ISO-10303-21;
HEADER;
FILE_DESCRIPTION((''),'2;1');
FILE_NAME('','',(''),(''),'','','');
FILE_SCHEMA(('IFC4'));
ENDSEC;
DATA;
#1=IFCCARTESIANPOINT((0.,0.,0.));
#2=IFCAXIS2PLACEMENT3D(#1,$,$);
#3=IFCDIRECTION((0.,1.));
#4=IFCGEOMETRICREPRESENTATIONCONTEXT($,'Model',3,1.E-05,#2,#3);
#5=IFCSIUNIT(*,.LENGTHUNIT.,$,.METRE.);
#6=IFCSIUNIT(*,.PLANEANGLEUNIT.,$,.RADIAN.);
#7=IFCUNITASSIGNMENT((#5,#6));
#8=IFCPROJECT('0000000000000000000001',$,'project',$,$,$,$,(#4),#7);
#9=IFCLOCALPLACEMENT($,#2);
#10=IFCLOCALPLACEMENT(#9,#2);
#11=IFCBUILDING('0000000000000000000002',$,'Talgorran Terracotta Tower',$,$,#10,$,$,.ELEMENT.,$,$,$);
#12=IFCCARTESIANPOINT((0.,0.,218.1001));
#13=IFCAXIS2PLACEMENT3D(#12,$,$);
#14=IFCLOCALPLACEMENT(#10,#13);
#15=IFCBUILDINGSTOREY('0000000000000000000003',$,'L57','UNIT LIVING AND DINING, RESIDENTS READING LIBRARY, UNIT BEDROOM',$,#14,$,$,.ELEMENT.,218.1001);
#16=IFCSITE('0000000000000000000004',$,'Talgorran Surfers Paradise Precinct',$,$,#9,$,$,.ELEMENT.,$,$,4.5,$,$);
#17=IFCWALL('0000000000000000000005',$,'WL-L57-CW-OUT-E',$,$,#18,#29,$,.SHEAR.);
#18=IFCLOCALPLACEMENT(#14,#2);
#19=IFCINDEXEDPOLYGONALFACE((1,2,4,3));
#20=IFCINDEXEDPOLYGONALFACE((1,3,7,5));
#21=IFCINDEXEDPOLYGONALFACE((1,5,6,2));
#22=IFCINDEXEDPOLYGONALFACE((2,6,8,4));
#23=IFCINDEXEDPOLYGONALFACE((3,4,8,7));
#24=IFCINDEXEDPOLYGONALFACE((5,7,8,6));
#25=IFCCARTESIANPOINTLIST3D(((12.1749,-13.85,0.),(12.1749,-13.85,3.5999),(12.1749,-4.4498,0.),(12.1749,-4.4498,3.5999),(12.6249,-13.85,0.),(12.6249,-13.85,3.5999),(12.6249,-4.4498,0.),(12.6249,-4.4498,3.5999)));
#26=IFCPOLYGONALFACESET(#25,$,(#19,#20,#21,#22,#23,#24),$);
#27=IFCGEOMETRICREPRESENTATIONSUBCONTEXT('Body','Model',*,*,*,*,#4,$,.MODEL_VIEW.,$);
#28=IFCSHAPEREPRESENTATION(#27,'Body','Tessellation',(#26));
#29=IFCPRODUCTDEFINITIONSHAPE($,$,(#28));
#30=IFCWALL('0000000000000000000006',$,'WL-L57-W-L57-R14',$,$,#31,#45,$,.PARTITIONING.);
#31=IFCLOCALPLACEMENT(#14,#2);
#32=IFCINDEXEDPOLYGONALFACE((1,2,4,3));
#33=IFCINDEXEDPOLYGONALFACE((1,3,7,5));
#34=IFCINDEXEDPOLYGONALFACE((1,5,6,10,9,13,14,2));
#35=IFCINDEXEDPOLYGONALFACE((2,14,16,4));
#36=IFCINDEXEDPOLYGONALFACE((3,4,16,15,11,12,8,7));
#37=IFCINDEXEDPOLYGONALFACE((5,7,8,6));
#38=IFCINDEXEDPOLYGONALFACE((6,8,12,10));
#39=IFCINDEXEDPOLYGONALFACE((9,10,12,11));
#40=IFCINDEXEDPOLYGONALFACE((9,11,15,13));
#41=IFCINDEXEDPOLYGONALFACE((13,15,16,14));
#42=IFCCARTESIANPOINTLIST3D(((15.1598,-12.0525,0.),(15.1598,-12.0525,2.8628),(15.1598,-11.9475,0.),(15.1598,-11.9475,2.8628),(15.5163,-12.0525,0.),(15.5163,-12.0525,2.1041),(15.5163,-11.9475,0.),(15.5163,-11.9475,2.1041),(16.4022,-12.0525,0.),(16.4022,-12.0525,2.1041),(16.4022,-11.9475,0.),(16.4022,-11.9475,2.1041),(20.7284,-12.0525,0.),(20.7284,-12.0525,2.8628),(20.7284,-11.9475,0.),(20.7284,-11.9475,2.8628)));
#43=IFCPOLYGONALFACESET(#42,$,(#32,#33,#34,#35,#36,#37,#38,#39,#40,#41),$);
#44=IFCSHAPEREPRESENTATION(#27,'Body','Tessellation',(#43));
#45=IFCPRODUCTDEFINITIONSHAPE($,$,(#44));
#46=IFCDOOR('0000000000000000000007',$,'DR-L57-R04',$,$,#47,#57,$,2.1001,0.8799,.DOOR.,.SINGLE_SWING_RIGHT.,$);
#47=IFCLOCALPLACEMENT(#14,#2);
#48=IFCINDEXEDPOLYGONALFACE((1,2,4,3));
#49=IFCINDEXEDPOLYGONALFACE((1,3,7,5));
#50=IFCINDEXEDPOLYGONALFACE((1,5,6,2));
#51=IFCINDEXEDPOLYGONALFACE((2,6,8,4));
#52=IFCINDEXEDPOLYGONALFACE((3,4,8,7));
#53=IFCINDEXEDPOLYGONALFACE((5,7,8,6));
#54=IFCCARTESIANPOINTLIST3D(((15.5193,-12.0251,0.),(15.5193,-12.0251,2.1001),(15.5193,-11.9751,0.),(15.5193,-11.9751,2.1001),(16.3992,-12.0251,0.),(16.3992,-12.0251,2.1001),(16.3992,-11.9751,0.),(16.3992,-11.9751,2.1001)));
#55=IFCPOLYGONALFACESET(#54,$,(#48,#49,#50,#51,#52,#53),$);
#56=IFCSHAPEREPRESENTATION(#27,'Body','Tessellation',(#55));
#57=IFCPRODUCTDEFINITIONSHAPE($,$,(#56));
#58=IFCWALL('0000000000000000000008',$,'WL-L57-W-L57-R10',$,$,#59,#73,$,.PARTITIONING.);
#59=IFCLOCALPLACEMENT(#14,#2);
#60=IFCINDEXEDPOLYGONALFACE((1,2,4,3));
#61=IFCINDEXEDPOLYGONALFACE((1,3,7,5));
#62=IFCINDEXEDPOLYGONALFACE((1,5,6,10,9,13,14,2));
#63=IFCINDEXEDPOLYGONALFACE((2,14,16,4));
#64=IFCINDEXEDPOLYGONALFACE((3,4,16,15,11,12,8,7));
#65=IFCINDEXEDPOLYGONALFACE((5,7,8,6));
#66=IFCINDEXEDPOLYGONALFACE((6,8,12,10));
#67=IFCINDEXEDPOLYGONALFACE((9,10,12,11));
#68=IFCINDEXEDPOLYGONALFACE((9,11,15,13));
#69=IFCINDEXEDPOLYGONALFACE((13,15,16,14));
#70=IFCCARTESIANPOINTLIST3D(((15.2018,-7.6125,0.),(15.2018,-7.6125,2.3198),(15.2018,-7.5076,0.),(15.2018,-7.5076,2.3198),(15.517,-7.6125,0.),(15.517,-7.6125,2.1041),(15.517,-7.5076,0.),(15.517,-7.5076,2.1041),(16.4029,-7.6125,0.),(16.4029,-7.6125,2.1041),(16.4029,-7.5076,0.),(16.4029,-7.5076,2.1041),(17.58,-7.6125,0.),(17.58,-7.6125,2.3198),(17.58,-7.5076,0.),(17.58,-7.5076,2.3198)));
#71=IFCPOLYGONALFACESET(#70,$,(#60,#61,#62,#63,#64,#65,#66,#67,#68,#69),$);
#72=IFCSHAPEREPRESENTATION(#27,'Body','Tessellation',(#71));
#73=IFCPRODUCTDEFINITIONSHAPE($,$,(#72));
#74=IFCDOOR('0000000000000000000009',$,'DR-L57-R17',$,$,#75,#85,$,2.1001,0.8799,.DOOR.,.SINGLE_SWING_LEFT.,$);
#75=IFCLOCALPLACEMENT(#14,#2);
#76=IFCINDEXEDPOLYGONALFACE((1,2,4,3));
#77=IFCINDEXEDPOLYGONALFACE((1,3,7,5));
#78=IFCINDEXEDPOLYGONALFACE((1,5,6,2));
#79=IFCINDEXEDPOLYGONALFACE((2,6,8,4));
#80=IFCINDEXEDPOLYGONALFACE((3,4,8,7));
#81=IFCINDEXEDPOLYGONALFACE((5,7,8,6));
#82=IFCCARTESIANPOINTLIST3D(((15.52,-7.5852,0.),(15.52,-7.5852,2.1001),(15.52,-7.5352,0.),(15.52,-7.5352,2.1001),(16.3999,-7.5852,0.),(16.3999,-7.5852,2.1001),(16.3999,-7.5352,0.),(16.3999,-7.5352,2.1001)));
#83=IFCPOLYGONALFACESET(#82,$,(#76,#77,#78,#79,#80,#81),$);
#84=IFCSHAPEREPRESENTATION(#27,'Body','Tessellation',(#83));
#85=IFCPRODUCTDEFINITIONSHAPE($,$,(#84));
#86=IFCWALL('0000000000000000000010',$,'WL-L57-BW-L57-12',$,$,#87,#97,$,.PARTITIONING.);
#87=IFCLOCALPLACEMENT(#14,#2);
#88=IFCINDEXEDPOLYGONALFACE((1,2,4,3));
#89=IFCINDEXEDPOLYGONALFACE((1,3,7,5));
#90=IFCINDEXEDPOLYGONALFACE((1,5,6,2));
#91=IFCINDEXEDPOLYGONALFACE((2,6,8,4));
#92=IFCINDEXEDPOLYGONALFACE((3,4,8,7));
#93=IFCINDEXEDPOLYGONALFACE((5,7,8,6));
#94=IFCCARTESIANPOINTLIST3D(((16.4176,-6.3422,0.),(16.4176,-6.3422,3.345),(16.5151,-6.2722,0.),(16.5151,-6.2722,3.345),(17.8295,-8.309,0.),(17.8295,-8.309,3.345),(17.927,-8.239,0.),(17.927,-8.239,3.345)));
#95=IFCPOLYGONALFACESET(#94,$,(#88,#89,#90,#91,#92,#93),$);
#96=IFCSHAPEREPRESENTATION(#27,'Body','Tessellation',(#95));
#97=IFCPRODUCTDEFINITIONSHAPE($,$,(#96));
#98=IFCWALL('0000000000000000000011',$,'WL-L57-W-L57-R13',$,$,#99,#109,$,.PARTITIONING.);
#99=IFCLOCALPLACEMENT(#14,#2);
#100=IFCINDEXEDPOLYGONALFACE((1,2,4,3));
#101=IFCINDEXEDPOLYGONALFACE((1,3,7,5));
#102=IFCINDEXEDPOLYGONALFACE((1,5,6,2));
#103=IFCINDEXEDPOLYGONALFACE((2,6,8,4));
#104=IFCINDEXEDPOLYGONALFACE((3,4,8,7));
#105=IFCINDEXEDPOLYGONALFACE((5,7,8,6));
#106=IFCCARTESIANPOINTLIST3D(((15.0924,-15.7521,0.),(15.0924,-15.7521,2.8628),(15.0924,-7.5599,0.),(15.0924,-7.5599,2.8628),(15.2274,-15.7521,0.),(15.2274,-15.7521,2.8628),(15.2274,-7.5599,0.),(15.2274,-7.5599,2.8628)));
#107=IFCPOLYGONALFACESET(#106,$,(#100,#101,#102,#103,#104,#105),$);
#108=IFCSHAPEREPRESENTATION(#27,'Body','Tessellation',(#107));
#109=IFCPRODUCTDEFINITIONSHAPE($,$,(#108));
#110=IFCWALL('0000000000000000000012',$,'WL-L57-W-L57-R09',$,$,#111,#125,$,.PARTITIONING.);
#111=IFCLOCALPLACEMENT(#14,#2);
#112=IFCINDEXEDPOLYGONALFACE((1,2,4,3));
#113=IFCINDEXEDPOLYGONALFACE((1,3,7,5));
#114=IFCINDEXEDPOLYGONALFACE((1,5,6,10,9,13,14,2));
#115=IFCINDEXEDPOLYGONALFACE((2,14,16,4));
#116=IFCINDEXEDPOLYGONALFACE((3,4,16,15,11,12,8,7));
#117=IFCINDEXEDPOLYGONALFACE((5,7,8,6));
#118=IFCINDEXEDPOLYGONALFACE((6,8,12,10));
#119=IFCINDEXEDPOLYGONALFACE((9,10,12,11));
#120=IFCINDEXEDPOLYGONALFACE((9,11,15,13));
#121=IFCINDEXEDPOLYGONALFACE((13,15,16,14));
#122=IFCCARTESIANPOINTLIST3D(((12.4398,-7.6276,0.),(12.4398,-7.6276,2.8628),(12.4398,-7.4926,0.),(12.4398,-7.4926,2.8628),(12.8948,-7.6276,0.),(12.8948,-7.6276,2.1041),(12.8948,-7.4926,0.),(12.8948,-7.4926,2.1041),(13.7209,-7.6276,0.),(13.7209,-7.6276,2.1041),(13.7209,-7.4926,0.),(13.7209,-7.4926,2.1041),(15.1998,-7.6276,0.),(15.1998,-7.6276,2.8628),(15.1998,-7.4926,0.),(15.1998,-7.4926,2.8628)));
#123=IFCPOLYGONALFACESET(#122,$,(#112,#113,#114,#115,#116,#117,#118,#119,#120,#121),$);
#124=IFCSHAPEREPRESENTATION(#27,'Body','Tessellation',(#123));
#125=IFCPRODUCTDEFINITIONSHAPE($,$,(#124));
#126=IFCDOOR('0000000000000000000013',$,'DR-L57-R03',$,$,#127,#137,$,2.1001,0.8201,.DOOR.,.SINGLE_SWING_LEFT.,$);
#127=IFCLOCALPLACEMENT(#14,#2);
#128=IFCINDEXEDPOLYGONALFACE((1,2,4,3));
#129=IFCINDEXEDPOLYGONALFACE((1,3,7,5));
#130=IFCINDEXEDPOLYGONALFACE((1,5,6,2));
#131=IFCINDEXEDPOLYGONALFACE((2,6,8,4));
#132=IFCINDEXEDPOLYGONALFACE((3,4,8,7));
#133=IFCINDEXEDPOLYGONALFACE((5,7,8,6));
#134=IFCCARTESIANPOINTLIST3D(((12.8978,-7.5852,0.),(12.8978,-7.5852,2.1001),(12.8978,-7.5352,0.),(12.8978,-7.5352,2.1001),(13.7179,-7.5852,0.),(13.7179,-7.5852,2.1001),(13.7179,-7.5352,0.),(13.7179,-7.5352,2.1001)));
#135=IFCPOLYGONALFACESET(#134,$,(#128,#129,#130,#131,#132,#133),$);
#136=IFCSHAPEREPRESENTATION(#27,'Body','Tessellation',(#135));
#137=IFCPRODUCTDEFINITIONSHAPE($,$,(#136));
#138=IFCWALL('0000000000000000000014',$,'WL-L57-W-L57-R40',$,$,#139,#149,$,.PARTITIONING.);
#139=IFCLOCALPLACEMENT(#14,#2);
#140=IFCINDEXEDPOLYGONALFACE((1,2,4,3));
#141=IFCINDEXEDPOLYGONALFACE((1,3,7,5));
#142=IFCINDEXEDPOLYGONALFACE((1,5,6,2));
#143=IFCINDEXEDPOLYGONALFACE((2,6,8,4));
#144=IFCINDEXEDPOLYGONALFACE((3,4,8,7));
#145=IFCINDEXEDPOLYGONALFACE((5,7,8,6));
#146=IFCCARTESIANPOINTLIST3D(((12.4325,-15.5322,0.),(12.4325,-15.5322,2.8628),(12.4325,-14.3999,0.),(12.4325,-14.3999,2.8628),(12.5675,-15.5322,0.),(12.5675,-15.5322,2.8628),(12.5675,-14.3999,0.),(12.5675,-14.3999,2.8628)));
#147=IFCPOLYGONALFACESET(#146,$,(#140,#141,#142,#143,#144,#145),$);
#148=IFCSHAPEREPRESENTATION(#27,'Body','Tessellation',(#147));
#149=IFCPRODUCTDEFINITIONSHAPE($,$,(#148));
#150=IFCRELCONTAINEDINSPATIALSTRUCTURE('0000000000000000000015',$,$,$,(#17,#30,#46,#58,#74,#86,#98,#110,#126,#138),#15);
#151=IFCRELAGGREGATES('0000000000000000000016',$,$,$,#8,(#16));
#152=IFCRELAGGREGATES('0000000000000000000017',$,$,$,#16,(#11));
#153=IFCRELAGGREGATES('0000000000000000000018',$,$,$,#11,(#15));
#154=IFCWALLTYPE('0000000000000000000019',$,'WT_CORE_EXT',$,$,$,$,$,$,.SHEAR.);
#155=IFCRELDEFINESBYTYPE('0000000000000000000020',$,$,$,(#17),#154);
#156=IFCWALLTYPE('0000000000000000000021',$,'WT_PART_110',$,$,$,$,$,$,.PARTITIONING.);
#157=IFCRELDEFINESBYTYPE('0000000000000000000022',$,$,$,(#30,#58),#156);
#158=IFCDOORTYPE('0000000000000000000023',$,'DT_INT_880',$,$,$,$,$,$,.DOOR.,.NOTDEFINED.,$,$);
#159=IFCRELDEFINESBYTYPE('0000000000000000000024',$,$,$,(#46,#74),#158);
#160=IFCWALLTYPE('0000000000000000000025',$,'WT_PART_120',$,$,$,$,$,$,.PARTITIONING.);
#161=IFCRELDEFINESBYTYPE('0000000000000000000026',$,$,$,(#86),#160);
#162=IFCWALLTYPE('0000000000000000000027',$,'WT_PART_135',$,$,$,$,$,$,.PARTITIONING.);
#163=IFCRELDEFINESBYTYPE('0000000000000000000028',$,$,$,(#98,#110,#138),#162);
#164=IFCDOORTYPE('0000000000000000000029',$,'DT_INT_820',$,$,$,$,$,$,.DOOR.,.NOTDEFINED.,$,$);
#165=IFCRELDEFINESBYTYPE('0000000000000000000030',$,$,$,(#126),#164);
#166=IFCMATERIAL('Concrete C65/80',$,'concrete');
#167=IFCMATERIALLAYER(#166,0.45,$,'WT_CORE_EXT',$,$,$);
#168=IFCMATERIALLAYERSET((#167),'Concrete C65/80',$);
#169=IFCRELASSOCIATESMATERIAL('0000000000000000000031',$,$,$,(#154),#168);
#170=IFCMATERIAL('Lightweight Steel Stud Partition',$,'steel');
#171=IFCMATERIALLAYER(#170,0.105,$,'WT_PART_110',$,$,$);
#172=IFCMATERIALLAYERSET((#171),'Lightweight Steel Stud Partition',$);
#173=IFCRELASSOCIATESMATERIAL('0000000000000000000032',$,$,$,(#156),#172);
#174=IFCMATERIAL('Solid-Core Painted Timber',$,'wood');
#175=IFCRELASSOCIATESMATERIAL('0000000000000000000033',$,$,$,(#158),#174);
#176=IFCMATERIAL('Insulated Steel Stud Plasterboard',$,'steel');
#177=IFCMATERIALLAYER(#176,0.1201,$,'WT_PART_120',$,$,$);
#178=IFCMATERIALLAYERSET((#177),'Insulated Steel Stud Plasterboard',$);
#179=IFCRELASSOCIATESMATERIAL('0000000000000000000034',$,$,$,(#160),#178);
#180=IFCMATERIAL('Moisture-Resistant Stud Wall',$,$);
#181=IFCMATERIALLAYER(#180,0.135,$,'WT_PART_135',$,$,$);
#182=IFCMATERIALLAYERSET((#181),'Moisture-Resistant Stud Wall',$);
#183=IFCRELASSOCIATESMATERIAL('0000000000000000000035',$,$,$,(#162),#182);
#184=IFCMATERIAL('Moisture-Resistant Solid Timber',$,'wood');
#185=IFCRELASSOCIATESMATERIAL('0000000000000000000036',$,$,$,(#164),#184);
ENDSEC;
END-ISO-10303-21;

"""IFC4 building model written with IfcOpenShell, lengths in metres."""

from ifc_helpers import new_model, si_unit, direction, frame, frame_2d, origin, place, context, subcontext, project, spatial, rectangle, extrude, material, layer, layer_set, type_object, element, fill, save


model = new_model("IFC4")

# Units and contexts
model_context = context("Model", 3, precision=1e-05, world=origin(), true_north=direction((0.0, 1.0)))
body_context = subcontext(model_context, "Body", "Model", "MODEL_VIEW")
ifc_project = project(units=[si_unit("LENGTHUNIT", "METRE"), si_unit("PLANEANGLEUNIT", "RADIAN")], contexts=[model_context])

# Site, building, storey
site_placement = place(None, origin())
site = spatial("IfcSite", under=ifc_project, at=site_placement, Name="Talgorran Surfers Paradise Precinct", CompositionType="ELEMENT", RefElevation=4.5)
building_placement = place(site_placement, origin())
building = spatial("IfcBuilding", under=site, at=building_placement, Name="Talgorran Terracotta Tower", CompositionType="ELEMENT")
storey_placement = place(building_placement, frame((0.0, 0.0, 218.1001)))
storey = spatial("IfcBuildingStorey", under=building, at=storey_placement, Name="L57", Description="UNIT LIVING AND DINING, RESIDENTS READING LIBRARY, UNIT BEDROOM", CompositionType="ELEMENT", Elevation=218.1001)

# Wall
ifc_material_1 = material(Name="Concrete C65/80", Category="concrete")
ifc_layer_1 = layer(ifc_material_1, 0.45, Name="WT_CORE_EXT")
ifc_layer_set_1 = layer_set([ifc_layer_1], Name="Concrete C65/80")
wall_type_1 = type_object("IfcWallType", Name="WT_CORE_EXT", PredefinedType="SHEAR", material=ifc_layer_set_1)
wall_1_placement = place(storey_placement, frame((12.3999, -13.8501, 0.0), z_axis=(0.0, 0.0, 1.0), x_axis=(0.0, 1.0, 0.0)))
element("IfcWall", 1, at=wall_1_placement, inside=storey, type_object=wall_type_1, Name="WL-L57-CW-OUT-E", PredefinedType="SHEAR", context=body_context, shape_type="SweptSolid", body=[
    extrude(rectangle(XDim=9.4001, YDim=0.45, at=frame_2d((4.7002, 0.0))), origin(), (0.0, 0.0, 1.0), 3.5999),
])

# Walls, openings, doors
ifc_material_2 = material(Name="Lightweight Steel Stud Partition", Category="steel")
ifc_layer_2 = layer(ifc_material_2, 0.105, Name="WT_PART_110")
ifc_layer_set_2 = layer_set([ifc_layer_2], Name="Lightweight Steel Stud Partition")
wall_type_2 = type_object("IfcWallType", Name="WT_PART_110", PredefinedType="PARTITIONING", material=ifc_layer_set_2)
wall_2_placement = place(storey_placement, frame((15.1599, -12.0, 0.0), z_axis=(0.0, 0.0, 1.0), x_axis=(1.0, 0.0, 0.0)))
wall_2 = element("IfcWall", 2, at=wall_2_placement, inside=storey, type_object=wall_type_2, Name="WL-L57-W-L57-R14", PredefinedType="PARTITIONING", context=body_context, shape_type="SweptSolid", body=[
    extrude(rectangle(XDim=5.5686, YDim=0.105, at=frame_2d((2.7842, 0.0))), origin(), (0.0, 0.0, 1.0), 2.8628),
])
opening_1_placement = place(wall_2_placement, frame((0.3594, 0.0, 0.0)))
opening_1 = element("IfcOpeningElement", 3, at=opening_1_placement, cuts=wall_2, PredefinedType="OPENING", context=body_context, shape_type="SweptSolid", body=[
    extrude(rectangle(XDim=0.8859, YDim=2.1041, at=frame_2d((0.4399, 1.052))), frame((0.0, 0.0625, 0.0), z_axis=(0.0, -1.0, 0.0), x_axis=(1.0, 0.0, 0.0)), (0.0, 0.0, 1.0), 0.125),
])
ifc_material_3 = material(Name="Solid-Core Painted Timber", Category="wood")
door_type_1 = type_object("IfcDoorType", Name="DT_INT_880", OperationType="NOTDEFINED", PredefinedType="DOOR", material=ifc_material_3)
door_1_placement = place(opening_1_placement, origin())
door_1 = element("IfcDoor", 4, at=door_1_placement, inside=storey, type_object=door_type_1, Name="DR-L57-R04", OperationType="SINGLE_SWING_RIGHT", OverallHeight=2.1001, OverallWidth=0.8799, PredefinedType="DOOR", context=body_context, shape_type="SweptSolid", body=[
    extrude(rectangle(XDim=0.8799, YDim=2.1001, at=frame_2d((0.4399, 1.05))), frame((0.0, 0.0249, 0.0), z_axis=(0.0, -1.0, 0.0), x_axis=(1.0, 0.0, 0.0)), (0.0, 0.0, 1.0), 0.05),
])
fill(opening_1, door_1)
wall_3_placement = place(storey_placement, frame((15.2019, -7.5601, 0.0), z_axis=(0.0, 0.0, 1.0), x_axis=(1.0, 0.0, 0.0)))
wall_3 = element("IfcWall", 5, at=wall_3_placement, inside=storey, type_object=wall_type_2, Name="WL-L57-W-L57-R10", PredefinedType="PARTITIONING", context=body_context, shape_type="SweptSolid", body=[
    extrude(rectangle(XDim=2.3782, YDim=0.105, at=frame_2d((1.189, 0.0))), origin(), (0.0, 0.0, 1.0), 2.3198),
])
opening_2_placement = place(wall_3_placement, frame((0.3181, 0.0, 0.0)))
opening_2 = element("IfcOpeningElement", 6, at=opening_2_placement, cuts=wall_3, PredefinedType="OPENING", context=body_context, shape_type="SweptSolid", body=[
    extrude(rectangle(XDim=0.8859, YDim=2.1041, at=frame_2d((0.4399, 1.052))), frame((0.0, 0.0625, 0.0), z_axis=(0.0, -1.0, 0.0), x_axis=(1.0, 0.0, 0.0)), (0.0, 0.0, 1.0), 0.125),
])
door_2_placement = place(opening_2_placement, origin())
door_2 = element("IfcDoor", 7, at=door_2_placement, inside=storey, type_object=door_type_1, Name="DR-L57-R17", OperationType="SINGLE_SWING_LEFT", OverallHeight=2.1001, OverallWidth=0.8799, PredefinedType="DOOR", context=body_context, shape_type="SweptSolid", body=[
    extrude(rectangle(XDim=0.8799, YDim=2.1001, at=frame_2d((0.4399, 1.05))), frame((0.0, 0.0249, 0.0), z_axis=(0.0, -1.0, 0.0), x_axis=(1.0, 0.0, 0.0)), (0.0, 0.0, 1.0), 0.05),
])
fill(opening_2, door_2)

# Walls
ifc_material_4 = material(Name="Insulated Steel Stud Plasterboard", Category="steel")
ifc_layer_3 = layer(ifc_material_4, 0.1201, Name="WT_PART_120")
ifc_layer_set_3 = layer_set([ifc_layer_3], Name="Insulated Steel Stud Plasterboard")
wall_type_3 = type_object("IfcWallType", Name="WT_PART_120", PredefinedType="PARTITIONING", material=ifc_layer_set_3)
wall_4_placement = place(storey_placement, frame((17.8782, -8.2739, 0.0), z_axis=(0.0, 0.0, 1.0), x_axis=(-0.583154, 0.812362, 0.0)))
element("IfcWall", 8, at=wall_4_placement, inside=storey, type_object=wall_type_3, Name="WL-L57-BW-L57-12", PredefinedType="PARTITIONING", context=body_context, shape_type="SweptSolid", body=[
    extrude(rectangle(XDim=2.4211, YDim=0.1201, at=frame_2d((1.2104, 0.0))), origin(), (0.0, 0.0, 1.0), 3.345),
])
ifc_material_5 = material(Name="Moisture-Resistant Stud Wall")
ifc_layer_4 = layer(ifc_material_5, 0.135, Name="WT_PART_135")
ifc_layer_set_4 = layer_set([ifc_layer_4], Name="Moisture-Resistant Stud Wall")
wall_type_4 = type_object("IfcWallType", Name="WT_PART_135", PredefinedType="PARTITIONING", material=ifc_layer_set_4)
wall_5_placement = place(storey_placement, frame((15.1599, -15.7522, 0.0), z_axis=(0.0, 0.0, 1.0), x_axis=(0.0, 1.0, 0.0)))
element("IfcWall", 9, at=wall_5_placement, inside=storey, type_object=wall_type_4, Name="WL-L57-W-L57-R13", PredefinedType="PARTITIONING", context=body_context, shape_type="SweptSolid", body=[
    extrude(rectangle(XDim=8.1921, YDim=0.135, at=frame_2d((4.0962, 0.0))), origin(), (0.0, 0.0, 1.0), 2.8628),
])

# Wall, opening, door
wall_6_placement = place(storey_placement, frame((12.4399, -7.5601, 0.0), z_axis=(0.0, 0.0, 1.0), x_axis=(1.0, 0.0, 0.0)))
wall_6 = element("IfcWall", 10, at=wall_6_placement, inside=storey, type_object=wall_type_4, Name="WL-L57-W-L57-R09", PredefinedType="PARTITIONING", context=body_context, shape_type="SweptSolid", body=[
    extrude(rectangle(XDim=2.76, YDim=0.135, at=frame_2d((1.3799, 0.0))), origin(), (0.0, 0.0, 1.0), 2.8628),
])
opening_3_placement = place(wall_6_placement, frame((0.4578, 0.0, 0.0)))
opening_3 = element("IfcOpeningElement", 11, at=opening_3_placement, cuts=wall_6, PredefinedType="OPENING", context=body_context, shape_type="SweptSolid", body=[
    extrude(rectangle(XDim=0.8261, YDim=2.1041, at=frame_2d((0.4102, 1.052))), frame((0.0, 0.0776, 0.0), z_axis=(0.0, -1.0, 0.0), x_axis=(1.0, 0.0, 0.0)), (0.0, 0.0, 1.0), 0.155),
])
ifc_material_6 = material(Name="Moisture-Resistant Solid Timber", Category="wood")
door_type_2 = type_object("IfcDoorType", Name="DT_INT_820", OperationType="NOTDEFINED", PredefinedType="DOOR", material=ifc_material_6)
door_3_placement = place(opening_3_placement, origin())
door_3 = element("IfcDoor", 12, at=door_3_placement, inside=storey, type_object=door_type_2, Name="DR-L57-R03", OperationType="SINGLE_SWING_LEFT", OverallHeight=2.1001, OverallWidth=0.8201, PredefinedType="DOOR", context=body_context, shape_type="SweptSolid", body=[
    extrude(rectangle(XDim=0.8201, YDim=2.1001, at=frame_2d((0.4102, 1.05))), frame((0.0, 0.0249, 0.0), z_axis=(0.0, -1.0, 0.0), x_axis=(1.0, 0.0, 0.0)), (0.0, 0.0, 1.0), 0.05),
])
fill(opening_3, door_3)

# Wall
wall_7_placement = place(storey_placement, frame((12.5, -15.5322, 0.0), z_axis=(0.0, 0.0, 1.0), x_axis=(0.0, 1.0, 0.0)))
element("IfcWall", 13, at=wall_7_placement, inside=storey, type_object=wall_type_4, Name="WL-L57-W-L57-R40", PredefinedType="PARTITIONING", context=body_context, shape_type="SweptSolid", body=[
    extrude(rectangle(XDim=1.1323, YDim=0.135, at=frame_2d((0.5662, 0.0))), origin(), (0.0, 0.0, 1.0), 2.8628),
])

save(model, "model.ifc")
